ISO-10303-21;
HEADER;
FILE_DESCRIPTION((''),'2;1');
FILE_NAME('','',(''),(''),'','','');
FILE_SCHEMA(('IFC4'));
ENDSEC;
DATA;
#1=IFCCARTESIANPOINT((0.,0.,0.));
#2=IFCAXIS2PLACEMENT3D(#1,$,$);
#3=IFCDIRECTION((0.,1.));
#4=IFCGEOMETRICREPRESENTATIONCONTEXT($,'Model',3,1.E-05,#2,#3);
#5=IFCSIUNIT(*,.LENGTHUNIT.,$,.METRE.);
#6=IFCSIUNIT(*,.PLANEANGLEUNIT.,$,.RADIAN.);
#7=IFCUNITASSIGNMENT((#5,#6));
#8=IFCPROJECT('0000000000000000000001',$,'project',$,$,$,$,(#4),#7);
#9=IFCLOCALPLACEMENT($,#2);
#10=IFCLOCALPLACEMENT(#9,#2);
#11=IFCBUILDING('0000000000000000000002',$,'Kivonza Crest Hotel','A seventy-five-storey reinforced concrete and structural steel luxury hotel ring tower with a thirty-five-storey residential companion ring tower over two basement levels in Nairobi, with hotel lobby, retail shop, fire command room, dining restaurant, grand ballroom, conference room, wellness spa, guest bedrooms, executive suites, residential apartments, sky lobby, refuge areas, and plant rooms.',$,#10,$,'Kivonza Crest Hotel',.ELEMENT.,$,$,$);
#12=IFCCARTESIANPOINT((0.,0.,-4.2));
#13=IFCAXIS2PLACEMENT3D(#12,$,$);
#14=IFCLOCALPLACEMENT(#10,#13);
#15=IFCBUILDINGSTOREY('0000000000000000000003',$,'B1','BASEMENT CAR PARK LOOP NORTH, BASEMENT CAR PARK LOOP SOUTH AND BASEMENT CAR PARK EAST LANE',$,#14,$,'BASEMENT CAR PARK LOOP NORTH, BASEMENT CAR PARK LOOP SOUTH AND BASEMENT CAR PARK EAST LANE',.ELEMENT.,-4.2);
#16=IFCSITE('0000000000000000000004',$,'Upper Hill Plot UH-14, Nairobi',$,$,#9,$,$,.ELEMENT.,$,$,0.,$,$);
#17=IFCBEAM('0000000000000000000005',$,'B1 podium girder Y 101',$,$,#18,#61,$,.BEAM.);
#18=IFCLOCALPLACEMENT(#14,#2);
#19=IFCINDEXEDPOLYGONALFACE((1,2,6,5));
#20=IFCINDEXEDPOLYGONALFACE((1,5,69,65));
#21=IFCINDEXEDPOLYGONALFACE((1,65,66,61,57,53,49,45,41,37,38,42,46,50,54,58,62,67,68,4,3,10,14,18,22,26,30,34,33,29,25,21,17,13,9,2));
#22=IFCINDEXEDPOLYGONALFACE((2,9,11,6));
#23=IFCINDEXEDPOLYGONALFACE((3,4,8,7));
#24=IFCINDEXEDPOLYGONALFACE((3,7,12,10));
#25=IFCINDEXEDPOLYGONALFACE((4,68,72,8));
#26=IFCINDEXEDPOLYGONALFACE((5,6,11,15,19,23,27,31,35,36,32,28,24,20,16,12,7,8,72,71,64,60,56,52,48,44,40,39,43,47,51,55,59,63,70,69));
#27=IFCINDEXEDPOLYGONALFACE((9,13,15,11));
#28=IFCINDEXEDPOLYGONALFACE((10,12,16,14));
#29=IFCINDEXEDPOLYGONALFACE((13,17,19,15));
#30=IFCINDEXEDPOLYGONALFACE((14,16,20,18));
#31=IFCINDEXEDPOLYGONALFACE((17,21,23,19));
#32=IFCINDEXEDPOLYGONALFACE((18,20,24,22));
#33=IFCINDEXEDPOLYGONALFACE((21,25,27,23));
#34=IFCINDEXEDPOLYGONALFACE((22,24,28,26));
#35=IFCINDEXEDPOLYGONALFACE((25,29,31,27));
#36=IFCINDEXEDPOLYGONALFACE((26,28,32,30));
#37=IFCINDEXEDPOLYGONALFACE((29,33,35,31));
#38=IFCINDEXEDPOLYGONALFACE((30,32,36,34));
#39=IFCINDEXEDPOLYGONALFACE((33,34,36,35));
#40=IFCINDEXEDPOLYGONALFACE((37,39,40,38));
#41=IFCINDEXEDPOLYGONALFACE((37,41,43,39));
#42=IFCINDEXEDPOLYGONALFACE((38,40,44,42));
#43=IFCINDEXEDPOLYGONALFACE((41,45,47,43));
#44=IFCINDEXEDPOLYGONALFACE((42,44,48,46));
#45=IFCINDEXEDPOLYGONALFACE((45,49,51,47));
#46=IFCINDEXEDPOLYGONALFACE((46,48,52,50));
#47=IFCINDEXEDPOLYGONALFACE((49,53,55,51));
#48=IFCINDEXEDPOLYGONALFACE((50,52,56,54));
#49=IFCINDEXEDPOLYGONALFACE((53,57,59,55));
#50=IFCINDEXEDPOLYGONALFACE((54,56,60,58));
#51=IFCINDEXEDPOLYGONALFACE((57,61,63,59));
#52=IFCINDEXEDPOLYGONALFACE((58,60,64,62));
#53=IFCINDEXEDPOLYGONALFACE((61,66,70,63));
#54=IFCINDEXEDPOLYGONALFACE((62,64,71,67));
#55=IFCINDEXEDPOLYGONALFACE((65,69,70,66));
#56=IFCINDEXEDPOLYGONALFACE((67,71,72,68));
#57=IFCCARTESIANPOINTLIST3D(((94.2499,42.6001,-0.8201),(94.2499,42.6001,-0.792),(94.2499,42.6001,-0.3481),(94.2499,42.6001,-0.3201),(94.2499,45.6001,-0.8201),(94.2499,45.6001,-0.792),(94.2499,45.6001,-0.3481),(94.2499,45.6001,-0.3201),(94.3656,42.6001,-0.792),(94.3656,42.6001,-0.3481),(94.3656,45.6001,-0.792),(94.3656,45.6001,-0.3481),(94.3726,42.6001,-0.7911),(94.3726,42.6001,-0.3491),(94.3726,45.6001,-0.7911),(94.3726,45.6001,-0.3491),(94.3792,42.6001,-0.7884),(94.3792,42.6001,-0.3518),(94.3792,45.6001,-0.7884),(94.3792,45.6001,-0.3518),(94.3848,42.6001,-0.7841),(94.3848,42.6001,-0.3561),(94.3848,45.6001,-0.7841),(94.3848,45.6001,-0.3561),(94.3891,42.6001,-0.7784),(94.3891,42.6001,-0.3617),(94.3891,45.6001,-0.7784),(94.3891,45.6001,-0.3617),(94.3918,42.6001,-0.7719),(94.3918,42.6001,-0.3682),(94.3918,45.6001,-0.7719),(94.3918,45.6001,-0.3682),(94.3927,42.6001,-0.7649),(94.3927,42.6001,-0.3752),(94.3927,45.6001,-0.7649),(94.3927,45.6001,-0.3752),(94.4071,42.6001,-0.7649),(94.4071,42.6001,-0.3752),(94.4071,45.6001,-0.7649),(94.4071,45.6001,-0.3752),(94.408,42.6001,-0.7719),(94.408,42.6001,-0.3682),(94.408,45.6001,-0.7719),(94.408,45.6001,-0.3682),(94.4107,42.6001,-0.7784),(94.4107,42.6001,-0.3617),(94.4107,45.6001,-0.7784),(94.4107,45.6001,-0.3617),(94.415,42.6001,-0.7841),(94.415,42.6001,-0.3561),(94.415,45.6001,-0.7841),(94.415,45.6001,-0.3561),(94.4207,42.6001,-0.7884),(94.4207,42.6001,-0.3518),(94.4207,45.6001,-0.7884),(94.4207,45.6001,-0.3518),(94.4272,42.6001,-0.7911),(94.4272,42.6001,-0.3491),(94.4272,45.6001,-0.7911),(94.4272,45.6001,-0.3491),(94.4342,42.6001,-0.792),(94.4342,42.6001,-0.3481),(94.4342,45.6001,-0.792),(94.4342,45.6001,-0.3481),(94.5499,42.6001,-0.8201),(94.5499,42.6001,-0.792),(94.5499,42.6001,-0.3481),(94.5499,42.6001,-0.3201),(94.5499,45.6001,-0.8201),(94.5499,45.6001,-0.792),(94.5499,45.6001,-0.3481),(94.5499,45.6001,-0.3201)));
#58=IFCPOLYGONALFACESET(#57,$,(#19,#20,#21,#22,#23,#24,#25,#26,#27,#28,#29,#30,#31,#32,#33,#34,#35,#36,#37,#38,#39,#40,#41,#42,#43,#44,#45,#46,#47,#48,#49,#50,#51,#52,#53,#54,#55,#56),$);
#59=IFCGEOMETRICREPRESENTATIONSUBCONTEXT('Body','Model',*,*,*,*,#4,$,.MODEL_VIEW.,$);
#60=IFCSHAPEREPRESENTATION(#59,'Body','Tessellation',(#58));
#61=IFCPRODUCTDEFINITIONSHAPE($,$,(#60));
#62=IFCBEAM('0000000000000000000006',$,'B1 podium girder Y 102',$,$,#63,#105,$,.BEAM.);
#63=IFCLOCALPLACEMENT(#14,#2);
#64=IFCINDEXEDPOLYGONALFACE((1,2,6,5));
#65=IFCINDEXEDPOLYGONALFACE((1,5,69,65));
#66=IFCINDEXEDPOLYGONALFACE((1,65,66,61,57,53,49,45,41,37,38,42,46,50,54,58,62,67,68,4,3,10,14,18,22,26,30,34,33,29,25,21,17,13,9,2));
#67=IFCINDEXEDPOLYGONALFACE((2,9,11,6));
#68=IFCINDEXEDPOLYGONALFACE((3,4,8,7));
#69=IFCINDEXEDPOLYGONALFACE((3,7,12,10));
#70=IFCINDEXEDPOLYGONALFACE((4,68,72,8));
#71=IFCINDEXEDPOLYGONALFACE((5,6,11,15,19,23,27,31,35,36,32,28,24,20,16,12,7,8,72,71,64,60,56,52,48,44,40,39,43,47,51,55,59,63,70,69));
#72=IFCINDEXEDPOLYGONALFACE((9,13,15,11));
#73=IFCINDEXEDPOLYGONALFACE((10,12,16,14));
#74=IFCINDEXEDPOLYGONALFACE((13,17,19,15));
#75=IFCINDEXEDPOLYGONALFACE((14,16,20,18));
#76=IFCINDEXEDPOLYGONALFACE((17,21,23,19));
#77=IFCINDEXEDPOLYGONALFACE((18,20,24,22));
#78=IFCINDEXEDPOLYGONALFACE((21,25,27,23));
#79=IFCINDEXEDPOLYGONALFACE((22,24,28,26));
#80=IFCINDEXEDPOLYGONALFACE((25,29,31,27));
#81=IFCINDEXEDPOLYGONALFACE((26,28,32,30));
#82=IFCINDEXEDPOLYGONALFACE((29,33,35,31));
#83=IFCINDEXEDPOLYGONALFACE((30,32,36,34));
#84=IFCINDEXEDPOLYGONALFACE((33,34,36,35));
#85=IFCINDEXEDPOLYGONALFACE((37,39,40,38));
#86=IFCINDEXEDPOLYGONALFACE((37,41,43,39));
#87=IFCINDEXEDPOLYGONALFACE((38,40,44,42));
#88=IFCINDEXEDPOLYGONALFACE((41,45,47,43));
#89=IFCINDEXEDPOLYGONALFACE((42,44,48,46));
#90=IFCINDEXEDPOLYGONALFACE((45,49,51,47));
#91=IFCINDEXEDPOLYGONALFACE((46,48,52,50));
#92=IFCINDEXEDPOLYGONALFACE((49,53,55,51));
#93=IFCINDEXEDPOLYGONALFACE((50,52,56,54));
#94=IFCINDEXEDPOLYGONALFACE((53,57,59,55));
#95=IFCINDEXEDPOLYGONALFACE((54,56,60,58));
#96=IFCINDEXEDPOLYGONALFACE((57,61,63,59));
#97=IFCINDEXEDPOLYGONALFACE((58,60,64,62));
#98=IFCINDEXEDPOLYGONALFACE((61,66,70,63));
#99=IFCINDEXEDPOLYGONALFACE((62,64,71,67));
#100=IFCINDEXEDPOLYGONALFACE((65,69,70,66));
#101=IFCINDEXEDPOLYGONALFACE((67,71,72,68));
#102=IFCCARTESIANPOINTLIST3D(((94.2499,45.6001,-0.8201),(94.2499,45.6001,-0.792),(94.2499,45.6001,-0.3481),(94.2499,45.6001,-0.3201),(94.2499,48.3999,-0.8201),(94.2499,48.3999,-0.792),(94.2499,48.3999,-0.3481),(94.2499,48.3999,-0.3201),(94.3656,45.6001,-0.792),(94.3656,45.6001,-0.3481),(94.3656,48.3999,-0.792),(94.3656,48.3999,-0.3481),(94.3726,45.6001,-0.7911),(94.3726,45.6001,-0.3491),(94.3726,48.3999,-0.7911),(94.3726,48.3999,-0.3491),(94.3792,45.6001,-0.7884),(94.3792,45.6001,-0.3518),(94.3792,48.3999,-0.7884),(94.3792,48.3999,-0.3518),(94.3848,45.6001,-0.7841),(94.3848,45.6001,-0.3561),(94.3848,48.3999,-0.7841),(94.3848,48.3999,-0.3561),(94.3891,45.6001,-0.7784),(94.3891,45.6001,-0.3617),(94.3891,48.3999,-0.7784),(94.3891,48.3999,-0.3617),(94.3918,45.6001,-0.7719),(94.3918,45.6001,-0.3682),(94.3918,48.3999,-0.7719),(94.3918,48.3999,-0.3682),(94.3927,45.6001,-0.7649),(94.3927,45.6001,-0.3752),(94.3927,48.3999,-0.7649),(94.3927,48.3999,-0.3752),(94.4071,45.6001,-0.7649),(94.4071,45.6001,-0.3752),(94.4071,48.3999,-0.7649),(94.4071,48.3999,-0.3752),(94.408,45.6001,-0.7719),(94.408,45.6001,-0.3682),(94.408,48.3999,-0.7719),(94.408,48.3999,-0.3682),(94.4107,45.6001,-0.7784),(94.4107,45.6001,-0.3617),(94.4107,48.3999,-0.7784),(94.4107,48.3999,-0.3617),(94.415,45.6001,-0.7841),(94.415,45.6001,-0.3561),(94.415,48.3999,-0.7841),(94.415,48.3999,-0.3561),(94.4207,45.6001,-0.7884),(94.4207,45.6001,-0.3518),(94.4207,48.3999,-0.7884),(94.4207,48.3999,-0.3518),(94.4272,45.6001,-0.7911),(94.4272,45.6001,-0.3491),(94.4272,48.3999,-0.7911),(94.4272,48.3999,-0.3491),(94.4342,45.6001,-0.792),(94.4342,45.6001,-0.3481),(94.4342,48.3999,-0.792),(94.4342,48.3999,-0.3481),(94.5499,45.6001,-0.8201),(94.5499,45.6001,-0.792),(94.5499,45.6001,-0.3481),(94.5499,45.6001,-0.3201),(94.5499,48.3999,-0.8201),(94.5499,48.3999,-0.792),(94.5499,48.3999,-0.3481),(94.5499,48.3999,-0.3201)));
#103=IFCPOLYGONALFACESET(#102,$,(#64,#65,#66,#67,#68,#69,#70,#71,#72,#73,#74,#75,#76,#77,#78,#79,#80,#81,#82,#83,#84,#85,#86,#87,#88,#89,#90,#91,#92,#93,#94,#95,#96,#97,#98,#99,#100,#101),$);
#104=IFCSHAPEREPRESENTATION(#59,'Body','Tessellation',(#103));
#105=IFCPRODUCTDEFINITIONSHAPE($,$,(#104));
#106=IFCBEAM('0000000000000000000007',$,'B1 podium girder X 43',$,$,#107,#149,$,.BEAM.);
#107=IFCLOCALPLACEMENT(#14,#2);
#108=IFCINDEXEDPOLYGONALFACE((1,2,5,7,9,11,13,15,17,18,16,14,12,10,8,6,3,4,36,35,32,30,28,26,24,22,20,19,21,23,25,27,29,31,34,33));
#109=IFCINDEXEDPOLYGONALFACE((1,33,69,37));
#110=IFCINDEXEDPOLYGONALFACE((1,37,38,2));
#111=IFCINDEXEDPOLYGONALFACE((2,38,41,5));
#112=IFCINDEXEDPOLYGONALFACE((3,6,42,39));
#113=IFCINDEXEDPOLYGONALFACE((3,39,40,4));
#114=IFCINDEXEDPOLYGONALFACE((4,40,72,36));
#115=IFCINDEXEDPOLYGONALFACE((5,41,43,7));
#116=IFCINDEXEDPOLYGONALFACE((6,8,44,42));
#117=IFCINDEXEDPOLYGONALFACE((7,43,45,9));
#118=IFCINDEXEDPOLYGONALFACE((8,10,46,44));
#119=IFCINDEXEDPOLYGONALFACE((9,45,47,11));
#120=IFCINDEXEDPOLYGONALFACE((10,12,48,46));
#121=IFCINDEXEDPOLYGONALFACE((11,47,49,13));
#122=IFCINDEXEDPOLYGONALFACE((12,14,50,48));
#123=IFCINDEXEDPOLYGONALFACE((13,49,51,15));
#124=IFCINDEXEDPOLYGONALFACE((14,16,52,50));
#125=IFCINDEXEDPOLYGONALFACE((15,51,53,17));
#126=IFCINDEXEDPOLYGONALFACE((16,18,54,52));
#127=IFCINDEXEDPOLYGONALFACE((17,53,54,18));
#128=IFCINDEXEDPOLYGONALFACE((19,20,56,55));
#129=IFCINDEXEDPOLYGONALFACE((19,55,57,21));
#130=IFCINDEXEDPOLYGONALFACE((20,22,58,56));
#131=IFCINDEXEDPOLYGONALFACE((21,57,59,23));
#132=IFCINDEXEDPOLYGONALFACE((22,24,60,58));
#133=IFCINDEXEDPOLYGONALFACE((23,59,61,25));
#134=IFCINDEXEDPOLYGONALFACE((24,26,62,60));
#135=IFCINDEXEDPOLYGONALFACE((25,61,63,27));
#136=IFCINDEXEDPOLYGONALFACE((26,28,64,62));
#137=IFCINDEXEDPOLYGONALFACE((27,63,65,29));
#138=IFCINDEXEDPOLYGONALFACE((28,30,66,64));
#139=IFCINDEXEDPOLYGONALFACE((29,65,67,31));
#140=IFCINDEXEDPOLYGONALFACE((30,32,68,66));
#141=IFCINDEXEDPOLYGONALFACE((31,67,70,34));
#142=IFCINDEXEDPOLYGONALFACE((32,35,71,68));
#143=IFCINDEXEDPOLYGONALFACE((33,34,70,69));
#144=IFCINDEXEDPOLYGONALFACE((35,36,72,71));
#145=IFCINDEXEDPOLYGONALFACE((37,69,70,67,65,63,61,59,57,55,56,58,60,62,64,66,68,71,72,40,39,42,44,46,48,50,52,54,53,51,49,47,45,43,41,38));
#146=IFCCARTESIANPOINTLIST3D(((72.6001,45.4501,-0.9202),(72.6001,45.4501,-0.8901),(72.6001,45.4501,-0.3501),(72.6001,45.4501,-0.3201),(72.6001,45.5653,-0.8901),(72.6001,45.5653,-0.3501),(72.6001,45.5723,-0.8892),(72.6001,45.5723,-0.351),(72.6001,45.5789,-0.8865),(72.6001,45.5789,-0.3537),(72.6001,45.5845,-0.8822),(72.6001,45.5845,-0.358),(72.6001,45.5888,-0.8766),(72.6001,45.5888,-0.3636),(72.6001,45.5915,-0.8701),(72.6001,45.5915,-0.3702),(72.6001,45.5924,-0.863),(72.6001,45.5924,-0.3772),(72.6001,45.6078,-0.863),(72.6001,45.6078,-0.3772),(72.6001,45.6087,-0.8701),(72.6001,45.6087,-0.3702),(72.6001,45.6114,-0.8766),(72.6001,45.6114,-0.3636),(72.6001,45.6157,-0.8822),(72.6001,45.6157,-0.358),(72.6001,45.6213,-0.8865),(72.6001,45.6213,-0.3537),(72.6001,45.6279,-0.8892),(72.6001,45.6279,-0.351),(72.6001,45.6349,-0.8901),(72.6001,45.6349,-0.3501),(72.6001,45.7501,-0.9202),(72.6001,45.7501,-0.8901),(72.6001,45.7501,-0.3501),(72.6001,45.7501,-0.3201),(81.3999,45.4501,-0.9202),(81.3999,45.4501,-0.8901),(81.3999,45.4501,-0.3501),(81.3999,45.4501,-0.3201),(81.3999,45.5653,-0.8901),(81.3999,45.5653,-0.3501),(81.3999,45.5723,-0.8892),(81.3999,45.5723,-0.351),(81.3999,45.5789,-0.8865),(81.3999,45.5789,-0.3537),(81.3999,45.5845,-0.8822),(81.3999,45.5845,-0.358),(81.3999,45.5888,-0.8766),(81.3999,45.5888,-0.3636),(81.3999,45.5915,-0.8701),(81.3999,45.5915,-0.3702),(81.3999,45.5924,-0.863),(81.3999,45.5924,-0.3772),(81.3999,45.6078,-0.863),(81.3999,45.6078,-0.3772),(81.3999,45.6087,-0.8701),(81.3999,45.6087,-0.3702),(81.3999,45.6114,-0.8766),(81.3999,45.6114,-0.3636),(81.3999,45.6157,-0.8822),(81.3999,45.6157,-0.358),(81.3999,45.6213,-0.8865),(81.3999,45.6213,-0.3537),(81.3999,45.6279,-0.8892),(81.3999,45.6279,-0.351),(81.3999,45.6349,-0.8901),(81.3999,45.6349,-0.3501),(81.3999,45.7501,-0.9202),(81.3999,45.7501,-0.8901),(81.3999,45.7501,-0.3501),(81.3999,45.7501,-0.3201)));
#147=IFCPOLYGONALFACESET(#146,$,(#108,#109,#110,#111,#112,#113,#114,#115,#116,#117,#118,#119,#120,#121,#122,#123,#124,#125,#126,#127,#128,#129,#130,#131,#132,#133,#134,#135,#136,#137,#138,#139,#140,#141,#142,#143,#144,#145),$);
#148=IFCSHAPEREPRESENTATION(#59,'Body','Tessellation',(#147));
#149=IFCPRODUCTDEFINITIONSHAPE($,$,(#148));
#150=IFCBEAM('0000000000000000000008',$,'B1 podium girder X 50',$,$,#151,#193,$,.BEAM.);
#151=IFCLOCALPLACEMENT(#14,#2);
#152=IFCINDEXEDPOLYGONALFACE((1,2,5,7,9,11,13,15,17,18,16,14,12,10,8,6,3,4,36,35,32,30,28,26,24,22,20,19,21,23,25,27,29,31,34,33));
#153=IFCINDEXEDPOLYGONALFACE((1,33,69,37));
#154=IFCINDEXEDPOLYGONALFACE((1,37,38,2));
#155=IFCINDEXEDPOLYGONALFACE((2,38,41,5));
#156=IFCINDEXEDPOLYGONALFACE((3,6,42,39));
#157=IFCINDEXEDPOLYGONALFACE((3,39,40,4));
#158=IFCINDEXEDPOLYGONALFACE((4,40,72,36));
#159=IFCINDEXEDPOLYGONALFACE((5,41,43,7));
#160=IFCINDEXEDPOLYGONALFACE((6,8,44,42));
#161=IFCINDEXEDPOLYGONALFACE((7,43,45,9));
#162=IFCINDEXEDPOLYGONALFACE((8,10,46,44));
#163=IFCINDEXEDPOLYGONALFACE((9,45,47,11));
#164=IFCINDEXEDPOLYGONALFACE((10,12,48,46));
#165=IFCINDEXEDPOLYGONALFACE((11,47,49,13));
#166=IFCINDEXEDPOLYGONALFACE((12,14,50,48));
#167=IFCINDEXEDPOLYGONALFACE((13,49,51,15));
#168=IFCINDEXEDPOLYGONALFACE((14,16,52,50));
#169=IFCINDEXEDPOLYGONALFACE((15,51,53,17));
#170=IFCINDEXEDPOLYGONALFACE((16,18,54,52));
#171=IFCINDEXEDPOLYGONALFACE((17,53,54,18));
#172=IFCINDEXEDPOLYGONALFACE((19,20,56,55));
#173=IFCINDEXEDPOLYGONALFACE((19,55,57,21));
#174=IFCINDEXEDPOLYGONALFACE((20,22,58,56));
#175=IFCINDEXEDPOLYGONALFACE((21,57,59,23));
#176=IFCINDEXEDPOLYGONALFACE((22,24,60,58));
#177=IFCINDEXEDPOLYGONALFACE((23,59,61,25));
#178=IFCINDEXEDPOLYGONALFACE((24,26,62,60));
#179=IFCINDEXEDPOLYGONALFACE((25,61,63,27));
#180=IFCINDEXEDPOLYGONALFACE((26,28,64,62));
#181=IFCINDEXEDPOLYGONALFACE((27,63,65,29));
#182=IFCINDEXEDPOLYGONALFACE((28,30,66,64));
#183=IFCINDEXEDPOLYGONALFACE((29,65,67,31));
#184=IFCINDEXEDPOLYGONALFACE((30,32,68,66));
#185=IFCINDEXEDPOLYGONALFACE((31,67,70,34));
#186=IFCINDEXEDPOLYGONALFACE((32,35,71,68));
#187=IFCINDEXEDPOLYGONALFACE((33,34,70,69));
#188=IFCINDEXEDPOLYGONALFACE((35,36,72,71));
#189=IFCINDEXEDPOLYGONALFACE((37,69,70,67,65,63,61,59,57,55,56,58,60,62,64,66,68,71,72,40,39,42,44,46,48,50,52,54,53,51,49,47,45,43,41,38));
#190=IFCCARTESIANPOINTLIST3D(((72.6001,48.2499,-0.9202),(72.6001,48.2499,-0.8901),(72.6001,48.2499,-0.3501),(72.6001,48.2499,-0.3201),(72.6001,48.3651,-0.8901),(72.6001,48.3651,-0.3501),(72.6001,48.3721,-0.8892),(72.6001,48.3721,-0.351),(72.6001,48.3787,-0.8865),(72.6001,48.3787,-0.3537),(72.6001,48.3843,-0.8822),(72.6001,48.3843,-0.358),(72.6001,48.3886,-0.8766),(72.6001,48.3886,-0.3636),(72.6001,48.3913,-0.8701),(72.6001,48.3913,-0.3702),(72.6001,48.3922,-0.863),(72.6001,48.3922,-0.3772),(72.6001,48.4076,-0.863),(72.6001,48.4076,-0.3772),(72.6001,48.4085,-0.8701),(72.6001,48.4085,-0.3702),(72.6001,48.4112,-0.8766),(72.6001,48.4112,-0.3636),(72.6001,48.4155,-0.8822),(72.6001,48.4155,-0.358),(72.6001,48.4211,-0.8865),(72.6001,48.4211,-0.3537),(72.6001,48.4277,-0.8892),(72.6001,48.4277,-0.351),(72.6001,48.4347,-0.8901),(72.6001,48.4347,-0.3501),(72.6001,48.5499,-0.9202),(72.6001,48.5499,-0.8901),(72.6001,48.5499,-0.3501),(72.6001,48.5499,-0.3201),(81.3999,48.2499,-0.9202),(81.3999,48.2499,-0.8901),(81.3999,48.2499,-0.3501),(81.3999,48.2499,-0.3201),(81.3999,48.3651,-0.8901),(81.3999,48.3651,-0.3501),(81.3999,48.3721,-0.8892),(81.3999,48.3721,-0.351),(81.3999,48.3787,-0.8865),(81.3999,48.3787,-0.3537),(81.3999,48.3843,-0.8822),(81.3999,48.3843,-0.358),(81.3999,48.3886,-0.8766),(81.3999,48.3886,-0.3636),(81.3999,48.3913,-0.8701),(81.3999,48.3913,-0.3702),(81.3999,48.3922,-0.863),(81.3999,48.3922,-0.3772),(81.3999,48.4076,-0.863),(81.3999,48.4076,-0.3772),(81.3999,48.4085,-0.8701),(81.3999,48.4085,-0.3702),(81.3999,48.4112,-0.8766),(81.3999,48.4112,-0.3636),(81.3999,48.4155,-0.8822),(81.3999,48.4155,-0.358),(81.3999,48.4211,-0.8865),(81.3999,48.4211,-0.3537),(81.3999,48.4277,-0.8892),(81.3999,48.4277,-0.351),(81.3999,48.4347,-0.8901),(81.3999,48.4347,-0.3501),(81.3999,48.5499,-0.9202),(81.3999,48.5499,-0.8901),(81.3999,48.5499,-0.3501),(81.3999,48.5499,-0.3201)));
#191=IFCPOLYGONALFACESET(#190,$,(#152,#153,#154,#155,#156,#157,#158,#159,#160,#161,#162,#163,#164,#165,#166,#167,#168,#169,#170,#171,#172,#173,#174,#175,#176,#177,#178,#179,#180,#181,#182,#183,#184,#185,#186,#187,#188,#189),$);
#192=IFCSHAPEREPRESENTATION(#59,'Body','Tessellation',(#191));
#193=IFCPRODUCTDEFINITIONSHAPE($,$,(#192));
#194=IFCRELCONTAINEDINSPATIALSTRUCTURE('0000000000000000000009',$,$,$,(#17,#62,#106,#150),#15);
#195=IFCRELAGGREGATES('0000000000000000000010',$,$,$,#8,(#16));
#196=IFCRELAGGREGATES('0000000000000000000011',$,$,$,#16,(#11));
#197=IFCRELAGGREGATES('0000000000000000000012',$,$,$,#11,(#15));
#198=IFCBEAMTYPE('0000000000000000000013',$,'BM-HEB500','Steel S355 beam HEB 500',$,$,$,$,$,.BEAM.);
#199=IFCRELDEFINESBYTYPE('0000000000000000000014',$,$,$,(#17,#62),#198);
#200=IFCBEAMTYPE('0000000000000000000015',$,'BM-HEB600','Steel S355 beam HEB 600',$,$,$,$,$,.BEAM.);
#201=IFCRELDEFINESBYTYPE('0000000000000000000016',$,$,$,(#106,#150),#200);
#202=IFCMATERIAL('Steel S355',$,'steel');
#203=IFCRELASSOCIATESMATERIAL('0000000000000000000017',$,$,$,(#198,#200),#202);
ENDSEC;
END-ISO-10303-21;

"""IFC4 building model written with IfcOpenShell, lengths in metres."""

from ifc_helpers import new_model, si_unit, direction, frame, origin, origin_2d, place, context, subcontext, project, spatial, i_section, extrude, material, material_profile, profile_set, type_object, element, save


model = new_model("IFC4")

# Units and contexts
model_context = context("Model", 3, precision=1e-05, world=origin(), true_north=direction((0.0, 1.0)))
body_context = subcontext(model_context, "Body", "Model", "MODEL_VIEW")
ifc_project = project(units=[si_unit("LENGTHUNIT", "METRE"), si_unit("PLANEANGLEUNIT", "RADIAN")], contexts=[model_context])

# Site, building, storey
site_placement = place(None, origin())
site = spatial("IfcSite", under=ifc_project, at=site_placement, Name="Upper Hill Plot UH-14, Nairobi", CompositionType="ELEMENT", RefElevation=0.0)
building_placement = place(site_placement, origin())
building = spatial("IfcBuilding", under=site, at=building_placement, Name="Kivonza Crest Hotel", Description="A seventy-five-storey reinforced concrete and structural steel luxury hotel ring tower with a thirty-five-storey residential companion ring tower over two basement levels in Nairobi, with hotel lobby, retail shop, fire command room, dining restaurant, grand ballroom, conference room, wellness spa, guest bedrooms, executive suites, residential apartments, sky lobby, refuge areas, and plant rooms.", LongName="Kivonza Crest Hotel", CompositionType="ELEMENT")
storey_placement = place(building_placement, frame((0.0, 0.0, -4.2)))
storey = spatial("IfcBuildingStorey", under=building, at=storey_placement, Name="B1", Description="BASEMENT CAR PARK LOOP NORTH, BASEMENT CAR PARK LOOP SOUTH AND BASEMENT CAR PARK EAST LANE", LongName="BASEMENT CAR PARK LOOP NORTH, BASEMENT CAR PARK LOOP SOUTH AND BASEMENT CAR PARK EAST LANE", CompositionType="ELEMENT", Elevation=-4.2)

# Beams
ifc_material_1 = material(Name="Steel S355", Category="steel")
ifc_material_profile_1 = material_profile(ifc_material_1, i_section(OverallWidth=0.3, OverallDepth=0.5, WebThickness=0.0144, FlangeThickness=0.0281, FilletRadius=0.0271, at=origin_2d()), Name="HEB 500")
ifc_profile_set_1 = profile_set([ifc_material_profile_1], Name="Steel S355")
beam_type_1 = type_object("IfcBeamType", Name="BM-HEB500", Description="Steel S355 beam HEB 500", PredefinedType="BEAM", material=ifc_profile_set_1)
beam_1_placement = place(storey_placement, frame((94.3999, 42.6001, -0.5701), z_axis=(0.0, 1.0, 0.0), x_axis=(-1.0, 0.0, 0.0)))
element("IfcBeam", 1, at=beam_1_placement, inside=storey, type_object=beam_type_1, Name="B1 podium girder Y 101", PredefinedType="BEAM", context=body_context, shape_type="SweptSolid", body=[
    extrude(i_section(OverallWidth=0.3, OverallDepth=0.5, WebThickness=0.0144, FlangeThickness=0.0281, FilletRadius=0.0271, at=origin_2d()), origin(), (0.0, 0.0, 1.0), 3.0),
])
beam_2_placement = place(storey_placement, frame((94.3999, 45.6001, -0.5701), z_axis=(0.0, 1.0, 0.0), x_axis=(-1.0, 0.0, 0.0)))
element("IfcBeam", 2, at=beam_2_placement, inside=storey, type_object=beam_type_1, Name="B1 podium girder Y 102", PredefinedType="BEAM", context=body_context, shape_type="SweptSolid", body=[
    extrude(i_section(OverallWidth=0.3, OverallDepth=0.5, WebThickness=0.0144, FlangeThickness=0.0281, FilletRadius=0.0271, at=origin_2d()), origin(), (0.0, 0.0, 1.0), 2.7998),
])
ifc_material_profile_2 = material_profile(ifc_material_1, i_section(OverallWidth=0.3, OverallDepth=0.6001, WebThickness=0.0154, FlangeThickness=0.03, FilletRadius=0.0271, at=origin_2d()), Name="HEB 600")
ifc_profile_set_2 = profile_set([ifc_material_profile_2], Name="Steel S355")
beam_type_2 = type_object("IfcBeamType", Name="BM-HEB600", Description="Steel S355 beam HEB 600", PredefinedType="BEAM", material=ifc_profile_set_2)
for number, where, z_axis, x_axis, name in (
    (3, (72.6001, 45.6001, -0.6201), (1.0, 0.0, 0.0), (0.0, 1.0, 0.0), "B1 podium girder X 43"),
    (4, (72.6001, 48.3999, -0.6201), (1.0, 0.0, 0.0), (0.0, 1.0, 0.0), "B1 podium girder X 50"),
):
    element("IfcBeam", number, at=place(storey_placement, frame(where, z_axis=z_axis, x_axis=x_axis)), inside=storey, type_object=beam_type_2, Name=name, PredefinedType="BEAM", context=body_context, shape_type="SweptSolid", body=[
        extrude(i_section(OverallWidth=0.3, OverallDepth=0.6001, WebThickness=0.0154, FlangeThickness=0.03, FilletRadius=0.0271, at=origin_2d()), origin(), (0.0, 0.0, 1.0), 8.7998),
    ])

save(model, "model.ifc")
